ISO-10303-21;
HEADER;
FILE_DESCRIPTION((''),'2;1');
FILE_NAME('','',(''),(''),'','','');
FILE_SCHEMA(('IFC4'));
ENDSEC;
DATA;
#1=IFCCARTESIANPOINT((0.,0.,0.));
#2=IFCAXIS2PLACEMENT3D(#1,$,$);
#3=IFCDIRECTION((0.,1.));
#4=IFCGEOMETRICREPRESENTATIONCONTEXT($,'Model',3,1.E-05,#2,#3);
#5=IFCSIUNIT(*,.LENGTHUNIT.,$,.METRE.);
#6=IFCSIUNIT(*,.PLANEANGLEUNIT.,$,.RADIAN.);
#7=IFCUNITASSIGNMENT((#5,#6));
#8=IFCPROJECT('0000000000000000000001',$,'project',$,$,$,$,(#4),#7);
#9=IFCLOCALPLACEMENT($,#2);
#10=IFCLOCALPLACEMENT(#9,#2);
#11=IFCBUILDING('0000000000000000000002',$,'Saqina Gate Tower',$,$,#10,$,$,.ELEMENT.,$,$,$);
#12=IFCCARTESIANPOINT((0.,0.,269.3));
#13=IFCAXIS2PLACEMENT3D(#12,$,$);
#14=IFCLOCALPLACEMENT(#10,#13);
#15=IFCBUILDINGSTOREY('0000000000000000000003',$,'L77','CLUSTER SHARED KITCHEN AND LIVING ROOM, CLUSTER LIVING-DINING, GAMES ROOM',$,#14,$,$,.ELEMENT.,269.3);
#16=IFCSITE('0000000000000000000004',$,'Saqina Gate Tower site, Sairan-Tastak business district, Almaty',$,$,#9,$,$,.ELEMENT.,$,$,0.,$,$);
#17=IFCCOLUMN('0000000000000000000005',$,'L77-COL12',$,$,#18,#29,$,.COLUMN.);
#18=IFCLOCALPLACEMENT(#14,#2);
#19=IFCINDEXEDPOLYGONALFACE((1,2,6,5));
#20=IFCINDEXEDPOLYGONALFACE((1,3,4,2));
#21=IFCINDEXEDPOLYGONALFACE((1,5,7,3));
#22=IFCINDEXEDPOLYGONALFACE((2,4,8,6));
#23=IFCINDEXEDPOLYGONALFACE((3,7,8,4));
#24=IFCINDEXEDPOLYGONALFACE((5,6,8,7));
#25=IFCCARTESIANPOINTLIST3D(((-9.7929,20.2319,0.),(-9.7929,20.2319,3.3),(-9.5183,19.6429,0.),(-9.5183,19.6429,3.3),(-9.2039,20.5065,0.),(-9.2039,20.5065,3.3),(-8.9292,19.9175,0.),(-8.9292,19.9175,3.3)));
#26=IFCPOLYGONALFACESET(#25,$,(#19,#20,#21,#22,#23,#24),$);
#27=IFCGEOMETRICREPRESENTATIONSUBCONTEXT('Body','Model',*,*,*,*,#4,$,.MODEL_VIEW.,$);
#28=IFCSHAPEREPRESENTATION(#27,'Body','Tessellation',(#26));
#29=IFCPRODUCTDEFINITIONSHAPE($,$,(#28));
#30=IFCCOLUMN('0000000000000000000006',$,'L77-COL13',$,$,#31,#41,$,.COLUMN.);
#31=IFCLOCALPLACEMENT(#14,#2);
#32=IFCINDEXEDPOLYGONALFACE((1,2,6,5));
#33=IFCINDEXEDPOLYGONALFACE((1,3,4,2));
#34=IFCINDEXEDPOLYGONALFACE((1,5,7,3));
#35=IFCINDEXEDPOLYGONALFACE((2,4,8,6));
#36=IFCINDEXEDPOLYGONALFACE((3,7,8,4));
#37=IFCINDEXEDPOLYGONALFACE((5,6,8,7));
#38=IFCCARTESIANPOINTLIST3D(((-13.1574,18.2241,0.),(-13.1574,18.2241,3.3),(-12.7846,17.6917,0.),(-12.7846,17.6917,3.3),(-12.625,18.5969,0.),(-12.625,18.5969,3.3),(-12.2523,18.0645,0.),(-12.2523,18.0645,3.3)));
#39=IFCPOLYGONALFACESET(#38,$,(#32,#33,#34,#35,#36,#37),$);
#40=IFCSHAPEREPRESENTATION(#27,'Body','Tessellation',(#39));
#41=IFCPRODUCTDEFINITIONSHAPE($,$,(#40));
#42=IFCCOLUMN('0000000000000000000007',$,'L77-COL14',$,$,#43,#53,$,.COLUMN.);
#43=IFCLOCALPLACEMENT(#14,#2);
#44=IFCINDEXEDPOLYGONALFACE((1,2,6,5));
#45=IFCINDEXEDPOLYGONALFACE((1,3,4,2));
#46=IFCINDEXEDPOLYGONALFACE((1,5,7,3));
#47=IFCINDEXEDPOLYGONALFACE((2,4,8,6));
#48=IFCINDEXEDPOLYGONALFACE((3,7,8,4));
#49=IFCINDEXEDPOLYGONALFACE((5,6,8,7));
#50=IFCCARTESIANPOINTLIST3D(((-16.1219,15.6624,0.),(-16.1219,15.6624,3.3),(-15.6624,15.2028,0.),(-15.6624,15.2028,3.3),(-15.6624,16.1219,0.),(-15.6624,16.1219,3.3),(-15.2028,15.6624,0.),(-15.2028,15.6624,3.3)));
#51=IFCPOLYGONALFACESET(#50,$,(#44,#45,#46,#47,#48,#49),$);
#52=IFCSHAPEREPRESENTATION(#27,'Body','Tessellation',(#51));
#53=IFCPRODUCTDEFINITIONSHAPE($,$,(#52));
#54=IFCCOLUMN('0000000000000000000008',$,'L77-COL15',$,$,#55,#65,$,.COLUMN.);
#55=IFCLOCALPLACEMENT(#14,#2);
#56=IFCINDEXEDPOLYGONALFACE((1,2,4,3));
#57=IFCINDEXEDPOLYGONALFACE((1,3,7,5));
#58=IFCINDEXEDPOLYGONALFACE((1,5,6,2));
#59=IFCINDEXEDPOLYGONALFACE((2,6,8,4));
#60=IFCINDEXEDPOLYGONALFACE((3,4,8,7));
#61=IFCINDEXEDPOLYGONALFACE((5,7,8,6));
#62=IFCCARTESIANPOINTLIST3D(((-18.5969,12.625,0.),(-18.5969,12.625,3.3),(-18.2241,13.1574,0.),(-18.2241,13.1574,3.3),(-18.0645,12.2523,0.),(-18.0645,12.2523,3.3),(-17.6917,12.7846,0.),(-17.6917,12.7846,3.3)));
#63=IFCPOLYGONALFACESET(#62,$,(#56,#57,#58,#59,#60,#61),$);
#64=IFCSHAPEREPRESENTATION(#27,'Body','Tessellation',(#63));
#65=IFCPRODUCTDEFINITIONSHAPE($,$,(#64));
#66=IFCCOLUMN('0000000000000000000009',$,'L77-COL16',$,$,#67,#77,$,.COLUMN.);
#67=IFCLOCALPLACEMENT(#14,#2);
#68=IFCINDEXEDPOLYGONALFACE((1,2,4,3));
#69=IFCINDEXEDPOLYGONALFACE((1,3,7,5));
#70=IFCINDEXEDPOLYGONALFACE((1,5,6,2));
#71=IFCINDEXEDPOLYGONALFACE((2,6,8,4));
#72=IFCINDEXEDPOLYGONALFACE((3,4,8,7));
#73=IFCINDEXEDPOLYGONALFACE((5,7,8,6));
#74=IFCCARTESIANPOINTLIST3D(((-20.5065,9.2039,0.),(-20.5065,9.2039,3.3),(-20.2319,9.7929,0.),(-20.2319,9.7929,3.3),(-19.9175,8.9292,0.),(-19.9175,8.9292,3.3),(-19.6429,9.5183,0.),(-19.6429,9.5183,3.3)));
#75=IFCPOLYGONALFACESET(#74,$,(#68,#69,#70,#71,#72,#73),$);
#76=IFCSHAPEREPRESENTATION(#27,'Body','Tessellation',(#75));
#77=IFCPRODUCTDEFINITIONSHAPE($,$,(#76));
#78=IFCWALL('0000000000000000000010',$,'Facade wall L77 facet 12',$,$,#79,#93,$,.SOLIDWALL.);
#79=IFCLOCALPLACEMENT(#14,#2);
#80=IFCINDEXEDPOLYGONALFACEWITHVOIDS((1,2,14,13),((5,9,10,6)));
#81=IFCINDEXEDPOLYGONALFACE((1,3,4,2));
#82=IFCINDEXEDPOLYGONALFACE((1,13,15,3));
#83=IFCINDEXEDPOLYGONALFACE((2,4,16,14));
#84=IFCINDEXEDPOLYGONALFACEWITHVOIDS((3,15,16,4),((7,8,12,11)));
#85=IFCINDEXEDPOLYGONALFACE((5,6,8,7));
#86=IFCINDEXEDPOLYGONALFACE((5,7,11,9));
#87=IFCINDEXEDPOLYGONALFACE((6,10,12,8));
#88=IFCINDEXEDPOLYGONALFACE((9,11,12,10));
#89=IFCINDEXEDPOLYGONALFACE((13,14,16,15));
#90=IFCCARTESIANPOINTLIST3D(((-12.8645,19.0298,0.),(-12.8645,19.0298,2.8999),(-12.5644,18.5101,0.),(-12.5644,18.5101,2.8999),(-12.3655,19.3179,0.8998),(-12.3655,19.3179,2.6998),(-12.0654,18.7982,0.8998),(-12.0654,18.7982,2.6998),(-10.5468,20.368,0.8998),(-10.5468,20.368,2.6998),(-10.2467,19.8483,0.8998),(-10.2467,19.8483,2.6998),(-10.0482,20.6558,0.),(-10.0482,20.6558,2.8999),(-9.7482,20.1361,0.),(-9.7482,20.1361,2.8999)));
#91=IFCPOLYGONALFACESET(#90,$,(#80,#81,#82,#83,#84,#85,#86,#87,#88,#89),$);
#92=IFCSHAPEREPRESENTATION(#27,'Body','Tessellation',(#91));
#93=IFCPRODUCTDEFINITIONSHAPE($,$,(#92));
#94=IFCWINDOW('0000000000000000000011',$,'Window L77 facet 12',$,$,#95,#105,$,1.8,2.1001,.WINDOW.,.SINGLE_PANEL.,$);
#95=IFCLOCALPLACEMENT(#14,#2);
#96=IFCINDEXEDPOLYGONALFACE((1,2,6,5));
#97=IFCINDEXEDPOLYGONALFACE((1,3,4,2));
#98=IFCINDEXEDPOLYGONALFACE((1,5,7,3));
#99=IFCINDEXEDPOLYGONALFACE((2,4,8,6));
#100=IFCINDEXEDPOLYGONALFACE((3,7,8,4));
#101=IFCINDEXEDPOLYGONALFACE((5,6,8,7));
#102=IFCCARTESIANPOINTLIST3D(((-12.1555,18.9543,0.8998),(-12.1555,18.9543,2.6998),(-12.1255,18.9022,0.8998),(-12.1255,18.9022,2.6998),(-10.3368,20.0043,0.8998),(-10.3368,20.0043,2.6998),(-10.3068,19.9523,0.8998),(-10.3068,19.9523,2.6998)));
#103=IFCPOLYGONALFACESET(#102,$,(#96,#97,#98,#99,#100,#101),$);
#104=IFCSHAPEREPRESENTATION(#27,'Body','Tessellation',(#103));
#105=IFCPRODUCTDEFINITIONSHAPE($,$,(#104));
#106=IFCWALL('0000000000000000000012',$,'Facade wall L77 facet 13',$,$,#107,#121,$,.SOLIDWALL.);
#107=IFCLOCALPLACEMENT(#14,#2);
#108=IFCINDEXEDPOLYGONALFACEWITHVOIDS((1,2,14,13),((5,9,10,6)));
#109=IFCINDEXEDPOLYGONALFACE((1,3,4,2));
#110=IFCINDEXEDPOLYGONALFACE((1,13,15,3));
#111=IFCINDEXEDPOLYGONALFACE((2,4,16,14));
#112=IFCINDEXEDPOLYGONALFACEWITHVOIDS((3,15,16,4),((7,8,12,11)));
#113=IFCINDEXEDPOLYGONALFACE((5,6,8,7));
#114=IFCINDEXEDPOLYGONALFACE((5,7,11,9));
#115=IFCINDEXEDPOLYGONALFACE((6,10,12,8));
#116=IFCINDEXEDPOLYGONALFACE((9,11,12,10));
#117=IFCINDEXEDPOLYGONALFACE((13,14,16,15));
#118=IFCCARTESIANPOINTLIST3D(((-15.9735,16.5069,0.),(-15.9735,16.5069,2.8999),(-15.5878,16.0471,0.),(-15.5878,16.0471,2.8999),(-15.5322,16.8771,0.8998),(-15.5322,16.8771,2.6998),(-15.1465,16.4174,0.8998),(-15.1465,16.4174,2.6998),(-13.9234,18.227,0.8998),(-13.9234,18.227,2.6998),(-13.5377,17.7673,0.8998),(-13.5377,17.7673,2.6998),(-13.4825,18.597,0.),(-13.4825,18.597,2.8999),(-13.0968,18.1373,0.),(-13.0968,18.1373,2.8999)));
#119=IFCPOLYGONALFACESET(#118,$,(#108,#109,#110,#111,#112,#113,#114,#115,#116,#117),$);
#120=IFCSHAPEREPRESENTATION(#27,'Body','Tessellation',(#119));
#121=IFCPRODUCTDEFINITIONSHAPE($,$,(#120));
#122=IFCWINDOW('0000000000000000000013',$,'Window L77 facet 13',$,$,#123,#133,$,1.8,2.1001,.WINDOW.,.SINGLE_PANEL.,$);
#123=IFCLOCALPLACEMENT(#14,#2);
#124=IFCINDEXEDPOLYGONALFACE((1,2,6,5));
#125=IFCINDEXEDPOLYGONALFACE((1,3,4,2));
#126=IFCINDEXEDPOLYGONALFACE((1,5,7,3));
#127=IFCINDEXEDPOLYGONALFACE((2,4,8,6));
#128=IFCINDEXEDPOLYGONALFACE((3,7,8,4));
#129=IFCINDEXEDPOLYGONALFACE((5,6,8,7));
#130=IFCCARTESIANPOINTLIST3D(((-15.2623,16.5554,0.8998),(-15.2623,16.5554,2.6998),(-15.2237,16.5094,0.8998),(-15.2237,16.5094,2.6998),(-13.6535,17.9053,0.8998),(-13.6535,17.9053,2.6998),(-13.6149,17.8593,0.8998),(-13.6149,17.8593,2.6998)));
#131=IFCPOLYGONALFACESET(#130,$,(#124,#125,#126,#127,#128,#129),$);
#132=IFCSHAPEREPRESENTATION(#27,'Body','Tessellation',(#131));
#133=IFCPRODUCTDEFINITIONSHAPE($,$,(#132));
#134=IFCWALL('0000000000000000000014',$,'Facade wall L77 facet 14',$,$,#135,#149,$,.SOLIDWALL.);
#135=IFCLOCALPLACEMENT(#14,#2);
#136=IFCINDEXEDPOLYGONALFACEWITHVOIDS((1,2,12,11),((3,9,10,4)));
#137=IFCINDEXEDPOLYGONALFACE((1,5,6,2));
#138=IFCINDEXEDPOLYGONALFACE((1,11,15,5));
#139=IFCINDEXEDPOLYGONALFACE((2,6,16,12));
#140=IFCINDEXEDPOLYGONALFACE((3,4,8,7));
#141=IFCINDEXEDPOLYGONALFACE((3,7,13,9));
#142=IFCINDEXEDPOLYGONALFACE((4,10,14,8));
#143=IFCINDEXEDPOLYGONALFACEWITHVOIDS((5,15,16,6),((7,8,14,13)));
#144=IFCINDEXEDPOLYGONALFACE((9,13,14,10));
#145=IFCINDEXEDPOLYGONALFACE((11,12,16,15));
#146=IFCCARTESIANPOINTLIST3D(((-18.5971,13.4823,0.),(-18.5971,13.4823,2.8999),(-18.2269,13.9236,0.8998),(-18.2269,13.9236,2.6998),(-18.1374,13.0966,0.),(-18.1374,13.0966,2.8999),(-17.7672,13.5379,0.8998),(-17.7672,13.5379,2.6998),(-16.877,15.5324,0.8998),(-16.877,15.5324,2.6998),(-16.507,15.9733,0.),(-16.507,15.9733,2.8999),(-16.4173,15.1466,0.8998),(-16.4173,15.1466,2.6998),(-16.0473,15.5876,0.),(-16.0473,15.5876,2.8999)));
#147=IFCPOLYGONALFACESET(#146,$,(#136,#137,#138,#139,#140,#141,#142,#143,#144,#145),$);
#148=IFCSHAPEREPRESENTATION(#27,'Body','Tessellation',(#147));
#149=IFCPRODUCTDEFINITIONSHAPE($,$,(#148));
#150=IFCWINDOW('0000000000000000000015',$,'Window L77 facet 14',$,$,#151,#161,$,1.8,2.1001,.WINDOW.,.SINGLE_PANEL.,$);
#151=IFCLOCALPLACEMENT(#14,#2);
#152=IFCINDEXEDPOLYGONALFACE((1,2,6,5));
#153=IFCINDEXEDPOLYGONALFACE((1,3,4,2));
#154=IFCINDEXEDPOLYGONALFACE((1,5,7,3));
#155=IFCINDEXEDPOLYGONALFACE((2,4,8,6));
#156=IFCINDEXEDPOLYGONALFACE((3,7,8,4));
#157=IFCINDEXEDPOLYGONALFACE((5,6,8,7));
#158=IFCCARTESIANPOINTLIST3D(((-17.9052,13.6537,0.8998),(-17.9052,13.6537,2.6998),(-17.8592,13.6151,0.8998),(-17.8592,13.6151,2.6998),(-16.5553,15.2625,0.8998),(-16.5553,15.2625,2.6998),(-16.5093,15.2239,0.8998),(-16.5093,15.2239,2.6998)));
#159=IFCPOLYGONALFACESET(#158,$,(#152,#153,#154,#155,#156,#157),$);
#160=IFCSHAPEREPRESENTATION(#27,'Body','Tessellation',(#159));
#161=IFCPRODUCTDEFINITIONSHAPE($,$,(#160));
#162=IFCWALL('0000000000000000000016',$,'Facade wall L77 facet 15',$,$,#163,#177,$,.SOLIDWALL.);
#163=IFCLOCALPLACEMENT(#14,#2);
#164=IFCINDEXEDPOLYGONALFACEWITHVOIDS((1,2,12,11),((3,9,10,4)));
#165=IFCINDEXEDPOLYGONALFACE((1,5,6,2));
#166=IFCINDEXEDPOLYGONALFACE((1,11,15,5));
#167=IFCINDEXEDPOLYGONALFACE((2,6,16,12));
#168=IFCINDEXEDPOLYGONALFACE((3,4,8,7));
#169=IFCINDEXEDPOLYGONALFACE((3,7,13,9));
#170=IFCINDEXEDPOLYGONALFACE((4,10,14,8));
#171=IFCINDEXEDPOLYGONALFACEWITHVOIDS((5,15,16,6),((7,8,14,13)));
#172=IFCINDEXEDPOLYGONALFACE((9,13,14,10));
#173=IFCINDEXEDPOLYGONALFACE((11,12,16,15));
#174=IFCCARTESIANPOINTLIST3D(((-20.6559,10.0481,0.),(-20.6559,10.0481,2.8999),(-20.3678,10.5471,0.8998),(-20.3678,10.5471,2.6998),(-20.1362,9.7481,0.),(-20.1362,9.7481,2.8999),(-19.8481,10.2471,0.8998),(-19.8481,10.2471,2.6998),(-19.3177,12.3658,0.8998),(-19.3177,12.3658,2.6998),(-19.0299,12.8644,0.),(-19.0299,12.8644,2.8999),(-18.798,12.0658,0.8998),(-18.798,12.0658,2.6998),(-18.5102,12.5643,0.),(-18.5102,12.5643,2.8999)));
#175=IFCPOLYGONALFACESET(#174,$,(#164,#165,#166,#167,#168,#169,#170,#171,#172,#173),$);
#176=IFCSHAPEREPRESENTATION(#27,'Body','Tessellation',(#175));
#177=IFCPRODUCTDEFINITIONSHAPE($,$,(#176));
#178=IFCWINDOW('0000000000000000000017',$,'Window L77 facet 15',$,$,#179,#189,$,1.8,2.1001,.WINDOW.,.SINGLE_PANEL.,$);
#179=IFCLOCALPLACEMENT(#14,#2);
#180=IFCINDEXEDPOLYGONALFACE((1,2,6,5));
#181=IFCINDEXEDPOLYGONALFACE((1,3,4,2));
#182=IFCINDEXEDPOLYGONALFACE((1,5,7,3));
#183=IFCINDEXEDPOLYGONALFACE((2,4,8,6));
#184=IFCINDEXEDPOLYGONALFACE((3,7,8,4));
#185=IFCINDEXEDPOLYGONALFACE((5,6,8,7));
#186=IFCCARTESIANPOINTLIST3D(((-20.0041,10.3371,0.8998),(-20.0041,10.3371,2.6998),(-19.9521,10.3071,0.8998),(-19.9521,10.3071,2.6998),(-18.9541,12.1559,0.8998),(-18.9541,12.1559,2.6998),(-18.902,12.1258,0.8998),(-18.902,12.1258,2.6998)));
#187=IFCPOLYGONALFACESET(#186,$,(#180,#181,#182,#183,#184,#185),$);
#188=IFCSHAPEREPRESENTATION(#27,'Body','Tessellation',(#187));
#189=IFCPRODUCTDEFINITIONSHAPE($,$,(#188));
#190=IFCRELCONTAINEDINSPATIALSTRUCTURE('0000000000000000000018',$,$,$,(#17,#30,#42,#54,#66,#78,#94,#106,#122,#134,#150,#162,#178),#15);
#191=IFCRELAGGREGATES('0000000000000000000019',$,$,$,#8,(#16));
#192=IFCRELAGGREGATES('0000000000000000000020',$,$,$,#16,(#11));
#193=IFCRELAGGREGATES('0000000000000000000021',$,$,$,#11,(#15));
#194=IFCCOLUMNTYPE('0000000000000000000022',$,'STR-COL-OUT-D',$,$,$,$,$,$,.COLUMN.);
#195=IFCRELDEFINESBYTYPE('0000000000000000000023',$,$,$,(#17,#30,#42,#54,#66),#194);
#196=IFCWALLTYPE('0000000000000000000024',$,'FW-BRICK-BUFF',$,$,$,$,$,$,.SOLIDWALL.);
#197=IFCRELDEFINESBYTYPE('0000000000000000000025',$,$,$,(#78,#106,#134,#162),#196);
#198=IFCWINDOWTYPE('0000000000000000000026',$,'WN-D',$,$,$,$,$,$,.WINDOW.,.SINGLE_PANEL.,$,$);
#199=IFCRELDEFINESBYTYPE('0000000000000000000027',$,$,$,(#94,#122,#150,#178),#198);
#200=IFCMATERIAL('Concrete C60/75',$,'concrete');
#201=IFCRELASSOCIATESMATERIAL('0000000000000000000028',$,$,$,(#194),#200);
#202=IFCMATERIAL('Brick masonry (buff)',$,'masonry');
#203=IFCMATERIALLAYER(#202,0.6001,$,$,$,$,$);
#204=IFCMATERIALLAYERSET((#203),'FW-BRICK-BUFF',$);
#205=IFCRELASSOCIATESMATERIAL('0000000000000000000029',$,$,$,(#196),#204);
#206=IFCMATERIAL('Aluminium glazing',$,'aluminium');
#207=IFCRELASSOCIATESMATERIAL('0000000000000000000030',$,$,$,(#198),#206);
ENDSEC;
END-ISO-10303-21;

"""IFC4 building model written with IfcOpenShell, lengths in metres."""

from ifc_helpers import new_model, si_unit, direction, frame, frame_2d, origin, origin_2d, place, context, subcontext, project, spatial, rectangle, extrude, material, layer, layer_set, material_profile, profile_set, type_object, element, fill, save


model = new_model("IFC4")

# Units and contexts
model_context = context("Model", 3, precision=1e-05, world=origin(), true_north=direction((0.0, 1.0)))
body_context = subcontext(model_context, "Body", "Model", "MODEL_VIEW")
ifc_project = project(units=[si_unit("LENGTHUNIT", "METRE"), si_unit("PLANEANGLEUNIT", "RADIAN")], contexts=[model_context])

# Site, building, storey
site_placement = place(None, origin())
site = spatial("IfcSite", under=ifc_project, at=site_placement, Name="Saqina Gate Tower site, Sairan-Tastak business district, Almaty", CompositionType="ELEMENT", RefElevation=0.0)
building_placement = place(site_placement, origin())
building = spatial("IfcBuilding", under=site, at=building_placement, Name="Saqina Gate Tower", CompositionType="ELEMENT")
storey_placement = place(building_placement, frame((0.0, 0.0, 269.3)))
storey = spatial("IfcBuildingStorey", under=building, at=storey_placement, Name="L77", Description="CLUSTER SHARED KITCHEN AND LIVING ROOM, CLUSTER LIVING-DINING, GAMES ROOM", CompositionType="ELEMENT", Elevation=269.3)

# Columns
ifc_material_1 = material(Name="Concrete C60/75", Category="concrete")
ifc_material_profile = material_profile(ifc_material_1, rectangle(XDim=0.6499, YDim=0.6499, at=origin_2d()), Name="RC 650x650")
ifc_profile_set = profile_set([ifc_material_profile], Name="Concrete C60/75")
column_type = type_object("IfcColumnType", Name="STR-COL-OUT-D", PredefinedType="COLUMN", material=ifc_profile_set)
for number, where, z_axis, x_axis, name in (
    (1, (-9.3611, 20.0747, 0.0), (0.0, 0.0, 1.0), (-0.422618, 0.906308, 0.0), "L77-COL12"),
    (2, (-12.7048, 18.1443, 0.0), (0.0, 0.0, 1.0), (-0.573576, 0.819152, 0.0), "L77-COL13"),
    (3, (-15.6624, 15.6624, 0.0), (0.0, 0.0, 1.0), (-0.707107, 0.707107, 0.0), "L77-COL14"),
    (4, (-18.1443, 12.7048, 0.0), (0.0, 0.0, 1.0), (-0.819152, 0.573576, 0.0), "L77-COL15"),
    (5, (-20.0747, 9.3611, 0.0), (0.0, 0.0, 1.0), (-0.906308, 0.422618, 0.0), "L77-COL16"),
):
    element("IfcColumn", number, at=place(storey_placement, frame(where, z_axis=z_axis, x_axis=x_axis)), inside=storey, type_object=column_type, Name=name, PredefinedType="COLUMN", context=body_context, shape_type="SweptSolid", body=[
        extrude(rectangle(XDim=0.6499, YDim=0.6499, at=origin_2d()), origin(), (0.0, 0.0, 1.0), 3.3),
    ])

# Walls, openings, windows
ifc_material_2 = material(Name="Brick masonry (buff)", Category="masonry")
ifc_layer_1 = layer(ifc_material_2, 0.6001)
ifc_layer_set_1 = layer_set([ifc_layer_1], Name="FW-BRICK-BUFF")
wall_type_1 = type_object("IfcWallType", Name="FW-BRICK-BUFF", PredefinedType="SOLIDWALL", material=ifc_layer_set_1)
wall_1_placement = place(storey_placement, frame((-9.8982, 20.396, 0.0), z_axis=(0.0, 0.0, 1.0), x_axis=(-0.866017, -0.500015, 0.0)))
wall_1 = element("IfcWall", 6, at=wall_1_placement, inside=storey, type_object=wall_type_1, Name="Facade wall L77 facet 12", PredefinedType="SOLIDWALL", context=body_context, shape_type="SweptSolid", body=[
    extrude(rectangle(XDim=3.252, YDim=0.6001, at=frame_2d((1.626, 0.0))), origin(), (0.0, 0.0, 1.0), 2.8999),
])
opening_1_placement = place(wall_1_placement, frame((0.5757, 0.0, 0.8999)))
opening_1 = element("IfcOpeningElement", 7, at=opening_1_placement, cuts=wall_1, PredefinedType="OPENING", context=body_context, shape_type="SweptSolid", body=[
    extrude(rectangle(XDim=2.1001, YDim=1.8, at=frame_2d((1.05, 0.8999))), frame((0.0, 0.312, 0.0), z_axis=(0.0, -1.0, 0.0), x_axis=(1.0, 0.0, 0.0)), (0.0, 0.0, 1.0), 0.624),
])
ifc_material_3 = material(Name="Aluminium glazing", Category="aluminium")
window_type = type_object("IfcWindowType", Name="WN-D", PartitioningType="SINGLE_PANEL", PredefinedType="WINDOW", material=ifc_material_3)
window_1_placement = place(opening_1_placement, origin())
window_1 = element("IfcWindow", 8, at=window_1_placement, inside=storey, type_object=window_type, Name="Window L77 facet 12", OverallHeight=1.8, OverallWidth=2.1001, PartitioningType="SINGLE_PANEL", PredefinedType="WINDOW", context=body_context, shape_type="SweptSolid", body=[
    extrude(rectangle(XDim=2.1001, YDim=1.8, at=frame_2d((1.05, 0.8999))), frame((0.0, 0.1799, 0.0), z_axis=(0.0, -1.0, 0.0), x_axis=(1.0, 0.0, 0.0)), (0.0, 0.0, 1.0), 0.0601),
])
fill(opening_1, window_1)
wall_2_placement = place(storey_placement, frame((-13.2896, 18.3672, 0.0), z_axis=(0.0, 0.0, 1.0), x_axis=(-0.766057, -0.642773, 0.0)))
wall_2 = element("IfcWall", 9, at=wall_2_placement, inside=storey, type_object=wall_type_1, Name="Facade wall L77 facet 13", PredefinedType="SOLIDWALL", context=body_context, shape_type="SweptSolid", body=[
    extrude(rectangle(XDim=3.2517, YDim=0.6001, at=frame_2d((1.626, 0.0))), origin(), (0.0, 0.0, 1.0), 2.8999),
])
opening_2_placement = place(wall_2_placement, frame((0.5757, 0.0, 0.8999)))
opening_2 = element("IfcOpeningElement", 10, at=opening_2_placement, cuts=wall_2, PredefinedType="OPENING", context=body_context, shape_type="SweptSolid", body=[
    extrude(rectangle(XDim=2.1001, YDim=1.8, at=frame_2d((1.05, 0.8999))), frame((0.0, 0.312, 0.0), z_axis=(0.0, -1.0, 0.0), x_axis=(1.0, 0.0, 0.0)), (0.0, 0.0, 1.0), 0.624),
])
window_2_placement = place(opening_2_placement, origin())
window_2 = element("IfcWindow", 11, at=window_2_placement, inside=storey, type_object=window_type, Name="Window L77 facet 13", OverallHeight=1.8, OverallWidth=2.1001, PartitioningType="SINGLE_PANEL", PredefinedType="WINDOW", context=body_context, shape_type="SweptSolid", body=[
    extrude(rectangle(XDim=2.1001, YDim=1.8, at=frame_2d((1.05, 0.8999))), frame((0.0, 0.1799, 0.0), z_axis=(0.0, -1.0, 0.0), x_axis=(1.0, 0.0, 0.0)), (0.0, 0.0, 1.0), 0.0601),
])
fill(opening_2, window_2)
wall_3_placement = place(storey_placement, frame((-16.2771, 15.7805, 0.0), z_axis=(0.0, 0.0, 1.0), x_axis=(-0.642773, -0.766057, 0.0)))
wall_3 = element("IfcWall", 12, at=wall_3_placement, inside=storey, type_object=wall_type_1, Name="Facade wall L77 facet 14", PredefinedType="SOLIDWALL", context=body_context, shape_type="SweptSolid", body=[
    extrude(rectangle(XDim=3.2517, YDim=0.6001, at=frame_2d((1.626, 0.0))), origin(), (0.0, 0.0, 1.0), 2.8999),
])
opening_3_placement = place(wall_3_placement, frame((0.5757, 0.0, 0.8999)))
opening_3 = element("IfcOpeningElement", 13, at=opening_3_placement, cuts=wall_3, PredefinedType="OPENING", context=body_context, shape_type="SweptSolid", body=[
    extrude(rectangle(XDim=2.1001, YDim=1.8, at=frame_2d((1.05, 0.8999))), frame((0.0, 0.312, 0.0), z_axis=(0.0, -1.0, 0.0), x_axis=(1.0, 0.0, 0.0)), (0.0, 0.0, 1.0), 0.624),
])
window_3_placement = place(opening_3_placement, origin())
window_3 = element("IfcWindow", 14, at=window_3_placement, inside=storey, type_object=window_type, Name="Window L77 facet 14", OverallHeight=1.8, OverallWidth=2.1001, PartitioningType="SINGLE_PANEL", PredefinedType="WINDOW", context=body_context, shape_type="SweptSolid", body=[
    extrude(rectangle(XDim=2.1001, YDim=1.8, at=frame_2d((1.05, 0.8999))), frame((0.0, 0.1799, 0.0), z_axis=(0.0, -1.0, 0.0), x_axis=(1.0, 0.0, 0.0)), (0.0, 0.0, 1.0), 0.0601),
])
fill(opening_3, window_3)
wall_4_placement = place(storey_placement, frame((-18.77, 12.7144, 0.0), z_axis=(0.0, 0.0, 1.0), x_axis=(-0.500015, -0.866017, 0.0)))
wall_4 = element("IfcWall", 15, at=wall_4_placement, inside=storey, type_object=wall_type_1, Name="Facade wall L77 facet 15", PredefinedType="SOLIDWALL", context=body_context, shape_type="SweptSolid", body=[
    extrude(rectangle(XDim=3.252, YDim=0.6001, at=frame_2d((1.626, 0.0))), origin(), (0.0, 0.0, 1.0), 2.8999),
])
opening_4_placement = place(wall_4_placement, frame((0.5757, 0.0, 0.8999)))
opening_4 = element("IfcOpeningElement", 16, at=opening_4_placement, cuts=wall_4, PredefinedType="OPENING", context=body_context, shape_type="SweptSolid", body=[
    extrude(rectangle(XDim=2.1001, YDim=1.8, at=frame_2d((1.05, 0.8999))), frame((0.0, 0.312, 0.0), z_axis=(0.0, -1.0, 0.0), x_axis=(1.0, 0.0, 0.0)), (0.0, 0.0, 1.0), 0.624),
])
window_4_placement = place(opening_4_placement, origin())
window_4 = element("IfcWindow", 17, at=window_4_placement, inside=storey, type_object=window_type, Name="Window L77 facet 15", OverallHeight=1.8, OverallWidth=2.1001, PartitioningType="SINGLE_PANEL", PredefinedType="WINDOW", context=body_context, shape_type="SweptSolid", body=[
    extrude(rectangle(XDim=2.1001, YDim=1.8, at=frame_2d((1.05, 0.8999))), frame((0.0, 0.1799, 0.0), z_axis=(0.0, -1.0, 0.0), x_axis=(1.0, 0.0, 0.0)), (0.0, 0.0, 1.0), 0.0601),
])
fill(opening_4, window_4)

save(model, "model.ifc")
